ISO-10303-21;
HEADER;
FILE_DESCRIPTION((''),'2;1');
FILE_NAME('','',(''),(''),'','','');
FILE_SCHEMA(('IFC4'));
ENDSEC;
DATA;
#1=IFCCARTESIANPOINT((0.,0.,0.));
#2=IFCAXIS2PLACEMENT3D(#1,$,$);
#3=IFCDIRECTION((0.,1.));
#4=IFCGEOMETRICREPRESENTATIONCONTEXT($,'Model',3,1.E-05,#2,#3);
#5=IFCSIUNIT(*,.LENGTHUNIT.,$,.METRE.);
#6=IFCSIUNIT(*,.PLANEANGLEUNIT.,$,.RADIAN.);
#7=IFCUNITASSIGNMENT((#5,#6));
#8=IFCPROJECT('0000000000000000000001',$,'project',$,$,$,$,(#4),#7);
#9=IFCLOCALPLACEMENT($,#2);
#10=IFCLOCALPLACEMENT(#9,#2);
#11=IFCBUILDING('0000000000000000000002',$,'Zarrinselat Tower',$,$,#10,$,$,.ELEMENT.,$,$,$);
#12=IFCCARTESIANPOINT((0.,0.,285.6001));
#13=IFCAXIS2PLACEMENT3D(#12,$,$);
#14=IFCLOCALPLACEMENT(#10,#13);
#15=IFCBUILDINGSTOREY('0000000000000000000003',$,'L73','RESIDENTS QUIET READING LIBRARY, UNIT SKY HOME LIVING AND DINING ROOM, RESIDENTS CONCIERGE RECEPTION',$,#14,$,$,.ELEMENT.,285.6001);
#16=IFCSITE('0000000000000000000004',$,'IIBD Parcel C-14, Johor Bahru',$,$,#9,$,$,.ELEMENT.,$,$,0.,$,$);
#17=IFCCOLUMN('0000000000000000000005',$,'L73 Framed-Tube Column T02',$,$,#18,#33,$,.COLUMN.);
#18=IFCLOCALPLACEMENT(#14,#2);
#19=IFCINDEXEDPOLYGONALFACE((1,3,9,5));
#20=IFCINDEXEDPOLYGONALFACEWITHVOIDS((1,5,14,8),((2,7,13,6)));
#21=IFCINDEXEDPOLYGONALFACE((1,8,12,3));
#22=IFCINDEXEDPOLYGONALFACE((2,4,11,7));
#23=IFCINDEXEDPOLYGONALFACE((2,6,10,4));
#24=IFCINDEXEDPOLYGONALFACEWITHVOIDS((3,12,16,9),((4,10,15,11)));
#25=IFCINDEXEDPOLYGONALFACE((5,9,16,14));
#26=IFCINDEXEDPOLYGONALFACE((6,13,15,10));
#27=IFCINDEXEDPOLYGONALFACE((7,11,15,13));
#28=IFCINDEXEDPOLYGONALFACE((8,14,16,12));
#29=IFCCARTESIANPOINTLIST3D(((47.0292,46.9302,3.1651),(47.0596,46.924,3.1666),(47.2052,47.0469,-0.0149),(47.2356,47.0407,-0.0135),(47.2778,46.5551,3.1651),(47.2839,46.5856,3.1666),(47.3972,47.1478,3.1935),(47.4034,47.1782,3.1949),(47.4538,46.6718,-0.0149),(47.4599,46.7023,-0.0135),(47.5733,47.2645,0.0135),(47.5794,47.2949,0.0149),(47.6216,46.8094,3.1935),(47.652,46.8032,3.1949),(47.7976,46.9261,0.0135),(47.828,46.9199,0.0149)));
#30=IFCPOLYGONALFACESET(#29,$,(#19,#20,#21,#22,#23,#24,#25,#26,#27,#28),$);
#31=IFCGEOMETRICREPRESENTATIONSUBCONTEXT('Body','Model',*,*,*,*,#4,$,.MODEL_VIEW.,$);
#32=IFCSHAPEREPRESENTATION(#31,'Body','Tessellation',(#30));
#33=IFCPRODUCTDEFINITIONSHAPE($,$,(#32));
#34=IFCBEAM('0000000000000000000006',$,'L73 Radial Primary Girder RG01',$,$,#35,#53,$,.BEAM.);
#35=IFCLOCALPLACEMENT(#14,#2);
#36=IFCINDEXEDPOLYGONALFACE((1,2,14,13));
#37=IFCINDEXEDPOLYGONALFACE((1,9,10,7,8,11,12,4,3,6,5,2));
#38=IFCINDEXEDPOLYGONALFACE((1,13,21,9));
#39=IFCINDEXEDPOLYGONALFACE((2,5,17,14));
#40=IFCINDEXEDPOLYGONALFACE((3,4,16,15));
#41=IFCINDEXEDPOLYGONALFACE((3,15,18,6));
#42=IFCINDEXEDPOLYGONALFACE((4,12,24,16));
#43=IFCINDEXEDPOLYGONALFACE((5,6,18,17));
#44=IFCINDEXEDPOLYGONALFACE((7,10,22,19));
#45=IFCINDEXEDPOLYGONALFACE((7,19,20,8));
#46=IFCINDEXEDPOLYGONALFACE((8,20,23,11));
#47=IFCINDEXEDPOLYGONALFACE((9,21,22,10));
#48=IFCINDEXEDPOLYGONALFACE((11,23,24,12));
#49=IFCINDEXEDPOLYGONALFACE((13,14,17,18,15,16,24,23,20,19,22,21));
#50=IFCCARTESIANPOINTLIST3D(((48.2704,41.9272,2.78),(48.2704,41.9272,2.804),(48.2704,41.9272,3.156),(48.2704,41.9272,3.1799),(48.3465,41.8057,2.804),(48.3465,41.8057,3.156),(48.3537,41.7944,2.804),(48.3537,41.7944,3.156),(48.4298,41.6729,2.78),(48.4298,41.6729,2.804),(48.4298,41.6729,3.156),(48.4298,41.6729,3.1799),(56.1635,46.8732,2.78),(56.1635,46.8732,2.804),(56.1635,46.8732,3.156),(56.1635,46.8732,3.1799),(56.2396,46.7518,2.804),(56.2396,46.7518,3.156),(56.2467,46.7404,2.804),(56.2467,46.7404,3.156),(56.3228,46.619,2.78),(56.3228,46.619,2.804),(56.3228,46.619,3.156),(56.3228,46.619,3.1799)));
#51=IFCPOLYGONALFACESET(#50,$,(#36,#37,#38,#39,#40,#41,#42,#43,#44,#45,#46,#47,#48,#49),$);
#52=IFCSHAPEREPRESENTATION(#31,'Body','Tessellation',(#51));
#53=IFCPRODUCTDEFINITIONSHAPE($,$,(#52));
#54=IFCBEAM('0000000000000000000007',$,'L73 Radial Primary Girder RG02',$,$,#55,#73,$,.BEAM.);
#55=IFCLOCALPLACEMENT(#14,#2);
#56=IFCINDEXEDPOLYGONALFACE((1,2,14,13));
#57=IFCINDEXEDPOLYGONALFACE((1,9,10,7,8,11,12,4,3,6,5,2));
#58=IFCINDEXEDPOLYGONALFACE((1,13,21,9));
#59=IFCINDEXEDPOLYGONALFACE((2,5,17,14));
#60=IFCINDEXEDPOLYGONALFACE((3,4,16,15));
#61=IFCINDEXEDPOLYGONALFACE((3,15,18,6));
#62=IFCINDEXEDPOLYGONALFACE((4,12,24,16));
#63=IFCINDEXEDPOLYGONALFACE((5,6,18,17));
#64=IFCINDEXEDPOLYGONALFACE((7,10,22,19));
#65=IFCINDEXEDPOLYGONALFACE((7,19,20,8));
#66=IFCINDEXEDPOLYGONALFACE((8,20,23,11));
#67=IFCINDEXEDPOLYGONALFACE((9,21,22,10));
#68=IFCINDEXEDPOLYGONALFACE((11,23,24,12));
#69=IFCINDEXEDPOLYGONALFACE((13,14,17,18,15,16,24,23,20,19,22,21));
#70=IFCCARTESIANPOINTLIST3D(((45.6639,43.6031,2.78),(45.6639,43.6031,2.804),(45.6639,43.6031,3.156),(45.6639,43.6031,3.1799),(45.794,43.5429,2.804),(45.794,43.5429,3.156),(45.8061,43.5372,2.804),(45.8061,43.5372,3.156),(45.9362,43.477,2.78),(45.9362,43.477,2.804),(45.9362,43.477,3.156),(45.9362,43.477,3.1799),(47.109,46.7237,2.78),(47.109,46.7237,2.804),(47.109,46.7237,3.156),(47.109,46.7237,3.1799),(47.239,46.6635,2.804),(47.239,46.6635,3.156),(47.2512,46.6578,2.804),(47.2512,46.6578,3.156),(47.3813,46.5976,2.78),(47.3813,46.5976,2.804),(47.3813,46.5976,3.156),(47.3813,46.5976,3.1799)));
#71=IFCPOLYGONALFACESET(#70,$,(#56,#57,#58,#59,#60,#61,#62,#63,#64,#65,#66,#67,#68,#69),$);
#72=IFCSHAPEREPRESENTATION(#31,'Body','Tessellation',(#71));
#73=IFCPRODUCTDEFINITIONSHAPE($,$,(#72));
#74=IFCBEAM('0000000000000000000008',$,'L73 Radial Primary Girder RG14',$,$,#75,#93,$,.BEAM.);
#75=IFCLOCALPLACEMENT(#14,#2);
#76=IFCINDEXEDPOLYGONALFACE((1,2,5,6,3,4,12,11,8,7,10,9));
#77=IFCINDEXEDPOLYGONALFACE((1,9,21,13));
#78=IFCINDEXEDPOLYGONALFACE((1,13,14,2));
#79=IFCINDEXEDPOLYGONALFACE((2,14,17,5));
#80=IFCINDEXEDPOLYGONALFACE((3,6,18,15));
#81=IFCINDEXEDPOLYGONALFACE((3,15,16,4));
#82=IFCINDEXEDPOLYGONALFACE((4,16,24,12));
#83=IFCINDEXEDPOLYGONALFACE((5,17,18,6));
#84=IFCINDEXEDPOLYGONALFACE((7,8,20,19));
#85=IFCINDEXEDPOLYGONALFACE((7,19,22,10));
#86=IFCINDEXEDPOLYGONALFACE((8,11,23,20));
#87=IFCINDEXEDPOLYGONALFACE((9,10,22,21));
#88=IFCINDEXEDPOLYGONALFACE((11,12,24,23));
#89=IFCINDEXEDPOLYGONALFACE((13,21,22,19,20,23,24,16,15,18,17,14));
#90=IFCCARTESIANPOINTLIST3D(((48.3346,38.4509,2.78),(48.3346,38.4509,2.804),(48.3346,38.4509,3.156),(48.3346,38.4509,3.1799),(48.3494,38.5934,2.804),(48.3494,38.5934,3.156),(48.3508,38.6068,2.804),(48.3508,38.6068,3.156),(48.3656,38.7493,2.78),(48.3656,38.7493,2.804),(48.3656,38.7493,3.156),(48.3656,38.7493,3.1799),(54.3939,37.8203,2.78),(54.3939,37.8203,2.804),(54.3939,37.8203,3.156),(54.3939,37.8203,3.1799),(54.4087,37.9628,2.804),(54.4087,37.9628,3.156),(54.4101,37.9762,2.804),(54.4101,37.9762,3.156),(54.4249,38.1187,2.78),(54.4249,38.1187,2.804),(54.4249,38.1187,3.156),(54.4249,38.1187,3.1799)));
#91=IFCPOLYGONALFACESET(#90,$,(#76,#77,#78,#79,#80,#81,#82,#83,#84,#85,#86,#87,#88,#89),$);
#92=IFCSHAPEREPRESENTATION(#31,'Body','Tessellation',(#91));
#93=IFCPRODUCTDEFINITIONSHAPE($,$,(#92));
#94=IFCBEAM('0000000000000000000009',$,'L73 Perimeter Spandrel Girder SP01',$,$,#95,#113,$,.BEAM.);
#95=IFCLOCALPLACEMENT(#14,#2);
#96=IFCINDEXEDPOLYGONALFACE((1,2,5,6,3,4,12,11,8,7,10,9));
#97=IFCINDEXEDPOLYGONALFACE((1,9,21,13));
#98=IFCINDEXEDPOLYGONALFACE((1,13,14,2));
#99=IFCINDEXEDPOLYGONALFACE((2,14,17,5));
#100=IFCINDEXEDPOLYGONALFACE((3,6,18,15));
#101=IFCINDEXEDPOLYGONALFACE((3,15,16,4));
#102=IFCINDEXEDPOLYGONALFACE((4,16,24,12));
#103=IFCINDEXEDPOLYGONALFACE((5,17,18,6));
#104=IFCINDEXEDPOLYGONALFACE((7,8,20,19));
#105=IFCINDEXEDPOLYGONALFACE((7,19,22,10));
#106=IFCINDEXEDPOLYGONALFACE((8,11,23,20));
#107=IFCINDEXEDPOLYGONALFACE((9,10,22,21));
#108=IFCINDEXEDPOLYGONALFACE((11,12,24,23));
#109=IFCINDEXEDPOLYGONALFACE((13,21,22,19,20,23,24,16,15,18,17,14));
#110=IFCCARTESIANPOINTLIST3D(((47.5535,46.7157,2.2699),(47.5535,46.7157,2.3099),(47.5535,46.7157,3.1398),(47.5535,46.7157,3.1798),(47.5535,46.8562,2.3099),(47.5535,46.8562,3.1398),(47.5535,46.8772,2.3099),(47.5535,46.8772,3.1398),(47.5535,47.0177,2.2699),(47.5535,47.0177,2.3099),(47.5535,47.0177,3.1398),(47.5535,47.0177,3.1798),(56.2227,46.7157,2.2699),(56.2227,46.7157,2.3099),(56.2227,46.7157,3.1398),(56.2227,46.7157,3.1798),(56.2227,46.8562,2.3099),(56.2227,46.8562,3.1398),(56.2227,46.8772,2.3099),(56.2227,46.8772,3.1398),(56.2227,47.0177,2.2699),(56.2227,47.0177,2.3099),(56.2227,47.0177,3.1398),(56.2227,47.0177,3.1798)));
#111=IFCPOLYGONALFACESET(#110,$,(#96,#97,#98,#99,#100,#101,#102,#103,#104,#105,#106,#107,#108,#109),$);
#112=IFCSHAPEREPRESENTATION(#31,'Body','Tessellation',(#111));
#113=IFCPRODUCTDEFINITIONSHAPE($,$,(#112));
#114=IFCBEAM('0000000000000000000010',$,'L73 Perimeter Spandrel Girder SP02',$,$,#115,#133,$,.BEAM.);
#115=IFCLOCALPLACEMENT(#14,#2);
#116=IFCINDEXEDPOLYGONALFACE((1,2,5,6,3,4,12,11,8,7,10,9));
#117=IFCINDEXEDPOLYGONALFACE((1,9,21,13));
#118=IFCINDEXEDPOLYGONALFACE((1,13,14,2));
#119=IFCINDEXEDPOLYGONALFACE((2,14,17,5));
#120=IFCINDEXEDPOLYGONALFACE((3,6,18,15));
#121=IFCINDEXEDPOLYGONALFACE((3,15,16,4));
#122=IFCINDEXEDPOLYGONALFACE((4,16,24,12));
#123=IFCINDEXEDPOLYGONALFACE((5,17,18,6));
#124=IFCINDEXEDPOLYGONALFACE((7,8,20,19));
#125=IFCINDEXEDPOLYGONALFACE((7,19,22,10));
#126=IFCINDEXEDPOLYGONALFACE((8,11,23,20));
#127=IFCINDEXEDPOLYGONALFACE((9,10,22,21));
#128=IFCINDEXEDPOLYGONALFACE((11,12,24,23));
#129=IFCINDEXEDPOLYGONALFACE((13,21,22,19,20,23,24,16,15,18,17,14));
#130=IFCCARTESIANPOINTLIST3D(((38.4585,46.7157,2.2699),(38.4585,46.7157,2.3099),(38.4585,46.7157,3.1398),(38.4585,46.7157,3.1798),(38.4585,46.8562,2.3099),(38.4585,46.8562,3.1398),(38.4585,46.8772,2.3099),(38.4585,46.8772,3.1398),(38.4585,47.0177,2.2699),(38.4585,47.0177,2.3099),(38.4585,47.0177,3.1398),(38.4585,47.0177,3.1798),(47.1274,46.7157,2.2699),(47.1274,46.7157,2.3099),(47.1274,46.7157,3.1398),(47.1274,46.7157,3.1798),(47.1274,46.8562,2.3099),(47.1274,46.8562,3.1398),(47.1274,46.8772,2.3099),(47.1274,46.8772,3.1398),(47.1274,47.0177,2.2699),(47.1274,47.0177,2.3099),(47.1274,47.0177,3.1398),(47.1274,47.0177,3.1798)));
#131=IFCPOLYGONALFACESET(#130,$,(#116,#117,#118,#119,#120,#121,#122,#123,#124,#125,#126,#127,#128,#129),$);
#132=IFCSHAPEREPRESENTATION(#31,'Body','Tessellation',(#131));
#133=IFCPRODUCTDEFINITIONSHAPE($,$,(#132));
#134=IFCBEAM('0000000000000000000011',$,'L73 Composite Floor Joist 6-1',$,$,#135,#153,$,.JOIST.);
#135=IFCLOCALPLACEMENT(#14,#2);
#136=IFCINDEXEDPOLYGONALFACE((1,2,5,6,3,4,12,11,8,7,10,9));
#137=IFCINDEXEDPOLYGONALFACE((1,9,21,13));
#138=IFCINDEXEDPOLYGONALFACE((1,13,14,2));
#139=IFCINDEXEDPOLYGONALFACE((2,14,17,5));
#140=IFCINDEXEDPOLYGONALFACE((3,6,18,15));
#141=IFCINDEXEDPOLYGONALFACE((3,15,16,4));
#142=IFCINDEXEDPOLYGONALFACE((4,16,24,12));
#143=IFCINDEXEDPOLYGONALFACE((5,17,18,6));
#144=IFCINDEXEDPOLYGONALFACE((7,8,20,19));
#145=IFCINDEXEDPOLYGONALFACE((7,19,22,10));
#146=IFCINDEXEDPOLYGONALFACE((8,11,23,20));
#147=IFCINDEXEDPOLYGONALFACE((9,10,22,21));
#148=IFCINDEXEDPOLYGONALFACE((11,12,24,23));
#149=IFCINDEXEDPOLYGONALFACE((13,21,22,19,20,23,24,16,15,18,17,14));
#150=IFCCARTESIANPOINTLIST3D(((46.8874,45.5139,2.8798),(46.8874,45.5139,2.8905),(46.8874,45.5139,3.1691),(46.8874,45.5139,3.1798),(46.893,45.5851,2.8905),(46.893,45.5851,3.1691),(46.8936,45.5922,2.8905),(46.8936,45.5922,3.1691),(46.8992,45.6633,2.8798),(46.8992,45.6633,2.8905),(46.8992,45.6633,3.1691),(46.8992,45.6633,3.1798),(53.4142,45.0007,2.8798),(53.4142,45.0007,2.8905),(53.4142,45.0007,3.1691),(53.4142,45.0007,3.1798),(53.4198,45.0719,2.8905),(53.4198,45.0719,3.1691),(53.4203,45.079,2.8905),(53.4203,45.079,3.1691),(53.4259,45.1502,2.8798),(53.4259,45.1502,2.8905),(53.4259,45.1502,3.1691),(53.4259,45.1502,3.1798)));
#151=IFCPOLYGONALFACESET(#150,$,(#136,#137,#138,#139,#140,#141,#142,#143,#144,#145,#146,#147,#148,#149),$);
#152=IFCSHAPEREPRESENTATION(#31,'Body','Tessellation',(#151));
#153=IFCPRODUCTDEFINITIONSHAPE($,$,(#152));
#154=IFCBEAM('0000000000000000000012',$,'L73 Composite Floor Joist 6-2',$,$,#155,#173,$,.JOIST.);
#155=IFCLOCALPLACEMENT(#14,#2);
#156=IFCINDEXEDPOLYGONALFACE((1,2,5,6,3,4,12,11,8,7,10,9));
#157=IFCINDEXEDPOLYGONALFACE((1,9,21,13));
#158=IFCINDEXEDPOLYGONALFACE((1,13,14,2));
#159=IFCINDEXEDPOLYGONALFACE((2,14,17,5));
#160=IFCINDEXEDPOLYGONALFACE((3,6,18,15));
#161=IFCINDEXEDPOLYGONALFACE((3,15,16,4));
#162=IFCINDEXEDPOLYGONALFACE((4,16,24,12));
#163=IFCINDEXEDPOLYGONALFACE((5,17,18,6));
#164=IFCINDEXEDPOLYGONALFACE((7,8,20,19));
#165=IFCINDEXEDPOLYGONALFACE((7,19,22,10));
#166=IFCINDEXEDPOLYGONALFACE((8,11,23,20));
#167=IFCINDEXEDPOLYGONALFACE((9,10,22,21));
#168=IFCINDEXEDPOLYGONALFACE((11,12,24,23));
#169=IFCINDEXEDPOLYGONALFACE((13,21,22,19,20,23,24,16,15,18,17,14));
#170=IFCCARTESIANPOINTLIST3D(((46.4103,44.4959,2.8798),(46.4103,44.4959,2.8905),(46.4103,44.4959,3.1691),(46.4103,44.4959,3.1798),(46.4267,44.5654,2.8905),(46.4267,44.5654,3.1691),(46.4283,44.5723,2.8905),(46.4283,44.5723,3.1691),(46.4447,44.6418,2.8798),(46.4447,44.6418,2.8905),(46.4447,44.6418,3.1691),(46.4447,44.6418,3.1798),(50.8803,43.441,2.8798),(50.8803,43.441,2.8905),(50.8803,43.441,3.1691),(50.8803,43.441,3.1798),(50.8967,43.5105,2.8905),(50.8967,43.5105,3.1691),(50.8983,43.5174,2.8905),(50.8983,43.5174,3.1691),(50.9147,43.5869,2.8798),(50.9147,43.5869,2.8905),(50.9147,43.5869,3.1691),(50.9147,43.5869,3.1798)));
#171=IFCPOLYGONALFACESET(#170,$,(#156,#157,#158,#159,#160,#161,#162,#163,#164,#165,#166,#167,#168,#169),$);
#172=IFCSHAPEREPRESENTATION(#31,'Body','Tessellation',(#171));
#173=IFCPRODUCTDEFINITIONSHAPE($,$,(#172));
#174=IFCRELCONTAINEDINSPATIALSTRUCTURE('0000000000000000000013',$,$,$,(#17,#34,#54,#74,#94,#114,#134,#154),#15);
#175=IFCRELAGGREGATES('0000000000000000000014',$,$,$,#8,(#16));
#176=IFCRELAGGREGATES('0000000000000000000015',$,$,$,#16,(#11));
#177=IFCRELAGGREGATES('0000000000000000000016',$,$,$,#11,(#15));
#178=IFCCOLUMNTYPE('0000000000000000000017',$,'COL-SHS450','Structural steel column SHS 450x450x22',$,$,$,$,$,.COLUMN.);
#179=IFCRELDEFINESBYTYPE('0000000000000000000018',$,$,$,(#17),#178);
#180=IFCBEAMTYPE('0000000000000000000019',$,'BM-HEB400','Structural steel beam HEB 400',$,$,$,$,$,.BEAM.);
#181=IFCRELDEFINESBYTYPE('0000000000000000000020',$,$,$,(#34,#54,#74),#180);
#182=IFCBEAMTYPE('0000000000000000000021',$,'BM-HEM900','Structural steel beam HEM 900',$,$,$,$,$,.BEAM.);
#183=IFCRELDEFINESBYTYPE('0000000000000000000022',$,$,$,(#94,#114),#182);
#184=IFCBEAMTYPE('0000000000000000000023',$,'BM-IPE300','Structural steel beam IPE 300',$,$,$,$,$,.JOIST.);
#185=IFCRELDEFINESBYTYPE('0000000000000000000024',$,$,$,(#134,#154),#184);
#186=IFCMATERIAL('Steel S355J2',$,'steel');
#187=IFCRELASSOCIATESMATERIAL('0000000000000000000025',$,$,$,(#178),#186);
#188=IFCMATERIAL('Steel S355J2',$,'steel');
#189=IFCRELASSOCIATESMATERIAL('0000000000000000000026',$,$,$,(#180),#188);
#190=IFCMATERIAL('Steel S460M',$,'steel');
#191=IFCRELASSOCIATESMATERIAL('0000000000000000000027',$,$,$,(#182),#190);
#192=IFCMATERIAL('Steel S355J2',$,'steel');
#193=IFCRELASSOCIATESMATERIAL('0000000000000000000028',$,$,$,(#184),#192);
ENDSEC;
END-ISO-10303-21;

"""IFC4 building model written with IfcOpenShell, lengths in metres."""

from ifc_helpers import new_model, si_unit, direction, frame, origin, origin_2d, place, context, subcontext, project, spatial, hollow_rectangle, i_section, extrude, material, material_profile, profile_set, type_object, element, save


model = new_model("IFC4")

# Units and contexts
model_context = context("Model", 3, precision=1e-05, world=origin(), true_north=direction((0.0, 1.0)))
body_context = subcontext(model_context, "Body", "Model", "MODEL_VIEW")
ifc_project = project(units=[si_unit("LENGTHUNIT", "METRE"), si_unit("PLANEANGLEUNIT", "RADIAN")], contexts=[model_context])

# Site, building, storey
site_placement = place(None, origin())
site = spatial("IfcSite", under=ifc_project, at=site_placement, Name="IIBD Parcel C-14, Johor Bahru", CompositionType="ELEMENT", RefElevation=0.0)
building_placement = place(site_placement, origin())
building = spatial("IfcBuilding", under=site, at=building_placement, Name="Zarrinselat Tower", CompositionType="ELEMENT")
storey_placement = place(building_placement, frame((0.0, 0.0, 285.6001)))
storey = spatial("IfcBuildingStorey", under=building, at=storey_placement, Name="L73", Description="RESIDENTS QUIET READING LIBRARY, UNIT SKY HOME LIVING AND DINING ROOM, RESIDENTS CONCIERGE RECEPTION", CompositionType="ELEMENT", Elevation=285.6001)

# Column
ifc_material_1 = material(Name="Steel S355J2", Category="steel")
ifc_material_profile_1 = material_profile(ifc_material_1, hollow_rectangle(XDim=0.45, YDim=0.45, WallThickness=0.022, at=origin_2d()), Name="SHS 450x450x22")
ifc_profile_set_1 = profile_set([ifc_material_profile_1], Name="Steel S355J2")
column_type = type_object("IfcColumnType", Name="COL-SHS450", Description="Structural steel column SHS 450x450x22", PredefinedType="COLUMN", material=ifc_profile_set_1)
column_placement = place(storey_placement, frame((47.5166, 46.9834, 0.0), z_axis=(-0.055233, -0.036618, 0.997802), x_axis=(0.552564, -0.83347, 0.0)))
element("IfcColumn", 1, at=column_placement, inside=storey, type_object=column_type, Name="L73 Framed-Tube Column T02", PredefinedType="COLUMN", context=body_context, shape_type="SweptSolid", body=[
    extrude(hollow_rectangle(XDim=0.45, YDim=0.45, WallThickness=0.022, at=origin_2d()), origin(), (0.0, 0.0, 1.0), 3.187),
])

# Beams
ifc_material_2 = material(Name="Steel S355J2", Category="steel")
ifc_material_profile_2 = material_profile(ifc_material_2, i_section(OverallWidth=0.3, OverallDepth=0.3999, WebThickness=0.0134, FlangeThickness=0.0239, at=origin_2d()), Name="HEB 400")
ifc_profile_set_2 = profile_set([ifc_material_profile_2], Name="Steel S355J2")
beam_type_1 = type_object("IfcBeamType", Name="BM-HEB400", Description="Structural steel beam HEB 400", PredefinedType="BEAM", material=ifc_profile_set_2)
beam_1_placement = place(storey_placement, frame((48.3501, 41.8, 2.98), z_axis=(0.847376, 0.530993, 0.0), x_axis=(-0.530993, 0.847376, 0.0)))
element("IfcBeam", 2, at=beam_1_placement, inside=storey, type_object=beam_type_1, Name="L73 Radial Primary Girder RG01", PredefinedType="BEAM", context=body_context, shape_type="SweptSolid", body=[
    extrude(i_section(OverallWidth=0.3, OverallDepth=0.3999, WebThickness=0.0134, FlangeThickness=0.0239, at=origin_2d()), origin(), (0.0, 0.0, 1.0), 9.3147),
])
beam_2_placement = place(storey_placement, frame((45.8, 43.54, 2.98), z_axis=(0.420206, 0.907429, 0.0), x_axis=(-0.907429, 0.420206, 0.0)))
element("IfcBeam", 3, at=beam_2_placement, inside=storey, type_object=beam_type_1, Name="L73 Radial Primary Girder RG02", PredefinedType="BEAM", context=body_context, shape_type="SweptSolid", body=[
    extrude(i_section(OverallWidth=0.3, OverallDepth=0.3999, WebThickness=0.0134, FlangeThickness=0.0239, at=origin_2d()), origin(), (0.0, 0.0, 1.0), 3.439),
])
beam_3_placement = place(storey_placement, frame((48.3501, 38.6001, 2.98), z_axis=(0.994628, -0.103514, 0.0), x_axis=(0.103514, 0.994628, 0.0)))
element("IfcBeam", 4, at=beam_3_placement, inside=storey, type_object=beam_type_1, Name="L73 Radial Primary Girder RG14", PredefinedType="BEAM", context=body_context, shape_type="SweptSolid", body=[
    extrude(i_section(OverallWidth=0.3, OverallDepth=0.3999, WebThickness=0.0134, FlangeThickness=0.0239, at=origin_2d()), origin(), (0.0, 0.0, 1.0), 6.092),
])
ifc_material_3 = material(Name="Steel S460M", Category="steel")
ifc_material_profile_3 = material_profile(ifc_material_3, i_section(OverallWidth=0.302, OverallDepth=0.9099, WebThickness=0.021, FlangeThickness=0.04, at=origin_2d()), Name="HEM 900")
ifc_profile_set_3 = profile_set([ifc_material_profile_3], Name="Steel S460M")
beam_type_2 = type_object("IfcBeamType", Name="BM-HEM900", Description="Structural steel beam HEM 900", PredefinedType="BEAM", material=ifc_profile_set_3)
beam_4_placement = place(storey_placement, frame((47.5535, 46.8667, 2.7249), z_axis=(1.0, 0.0, 0.0), x_axis=(0.0, 1.0, 0.0)))
element("IfcBeam", 5, at=beam_4_placement, inside=storey, type_object=beam_type_2, Name="L73 Perimeter Spandrel Girder SP01", PredefinedType="BEAM", context=body_context, shape_type="SweptSolid", body=[
    extrude(i_section(OverallWidth=0.302, OverallDepth=0.9099, WebThickness=0.021, FlangeThickness=0.04, at=origin_2d()), origin(), (0.0, 0.0, 1.0), 8.6692),
])
beam_5_placement = place(storey_placement, frame((38.4585, 46.8667, 2.7249), z_axis=(1.0, 0.0, 0.0), x_axis=(0.0, 1.0, 0.0)))
element("IfcBeam", 6, at=beam_5_placement, inside=storey, type_object=beam_type_2, Name="L73 Perimeter Spandrel Girder SP02", PredefinedType="BEAM", context=body_context, shape_type="SweptSolid", body=[
    extrude(i_section(OverallWidth=0.302, OverallDepth=0.9099, WebThickness=0.021, FlangeThickness=0.04, at=origin_2d()), origin(), (0.0, 0.0, 1.0), 8.6689),
])
ifc_material_4 = material(Name="Steel S355J2", Category="steel")
ifc_material_profile_4 = material_profile(ifc_material_4, i_section(OverallWidth=0.1499, OverallDepth=0.3, WebThickness=0.0071, FlangeThickness=0.0107, at=origin_2d()), Name="IPE 300")
ifc_profile_set_4 = profile_set([ifc_material_profile_4], Name="Steel S355J2")
beam_type_3 = type_object("IfcBeamType", Name="BM-IPE300", Description="Structural steel beam IPE 300", PredefinedType="JOIST", material=ifc_profile_set_4)
beam_6_placement = place(storey_placement, frame((46.8933, 45.5886, 3.0298), z_axis=(0.996923, -0.078387, 0.0), x_axis=(0.078387, 0.996923, 0.0)))
element("IfcBeam", 7, at=beam_6_placement, inside=storey, type_object=beam_type_3, Name="L73 Composite Floor Joist 6-1", PredefinedType="JOIST", context=body_context, shape_type="SweptSolid", body=[
    extrude(i_section(OverallWidth=0.1499, OverallDepth=0.3, WebThickness=0.0071, FlangeThickness=0.0107, at=origin_2d()), origin(), (0.0, 0.0, 1.0), 6.5469),
])
beam_7_placement = place(storey_placement, frame((46.4275, 44.5688, 3.0298), z_axis=(0.973263, -0.229694, 0.0), x_axis=(0.229694, 0.973263, 0.0)))
element("IfcBeam", 8, at=beam_7_placement, inside=storey, type_object=beam_type_3, Name="L73 Composite Floor Joist 6-2", PredefinedType="JOIST", context=body_context, shape_type="SweptSolid", body=[
    extrude(i_section(OverallWidth=0.1499, OverallDepth=0.3, WebThickness=0.0071, FlangeThickness=0.0107, at=origin_2d()), origin(), (0.0, 0.0, 1.0), 4.5928),
])

save(model, "model.ifc")
